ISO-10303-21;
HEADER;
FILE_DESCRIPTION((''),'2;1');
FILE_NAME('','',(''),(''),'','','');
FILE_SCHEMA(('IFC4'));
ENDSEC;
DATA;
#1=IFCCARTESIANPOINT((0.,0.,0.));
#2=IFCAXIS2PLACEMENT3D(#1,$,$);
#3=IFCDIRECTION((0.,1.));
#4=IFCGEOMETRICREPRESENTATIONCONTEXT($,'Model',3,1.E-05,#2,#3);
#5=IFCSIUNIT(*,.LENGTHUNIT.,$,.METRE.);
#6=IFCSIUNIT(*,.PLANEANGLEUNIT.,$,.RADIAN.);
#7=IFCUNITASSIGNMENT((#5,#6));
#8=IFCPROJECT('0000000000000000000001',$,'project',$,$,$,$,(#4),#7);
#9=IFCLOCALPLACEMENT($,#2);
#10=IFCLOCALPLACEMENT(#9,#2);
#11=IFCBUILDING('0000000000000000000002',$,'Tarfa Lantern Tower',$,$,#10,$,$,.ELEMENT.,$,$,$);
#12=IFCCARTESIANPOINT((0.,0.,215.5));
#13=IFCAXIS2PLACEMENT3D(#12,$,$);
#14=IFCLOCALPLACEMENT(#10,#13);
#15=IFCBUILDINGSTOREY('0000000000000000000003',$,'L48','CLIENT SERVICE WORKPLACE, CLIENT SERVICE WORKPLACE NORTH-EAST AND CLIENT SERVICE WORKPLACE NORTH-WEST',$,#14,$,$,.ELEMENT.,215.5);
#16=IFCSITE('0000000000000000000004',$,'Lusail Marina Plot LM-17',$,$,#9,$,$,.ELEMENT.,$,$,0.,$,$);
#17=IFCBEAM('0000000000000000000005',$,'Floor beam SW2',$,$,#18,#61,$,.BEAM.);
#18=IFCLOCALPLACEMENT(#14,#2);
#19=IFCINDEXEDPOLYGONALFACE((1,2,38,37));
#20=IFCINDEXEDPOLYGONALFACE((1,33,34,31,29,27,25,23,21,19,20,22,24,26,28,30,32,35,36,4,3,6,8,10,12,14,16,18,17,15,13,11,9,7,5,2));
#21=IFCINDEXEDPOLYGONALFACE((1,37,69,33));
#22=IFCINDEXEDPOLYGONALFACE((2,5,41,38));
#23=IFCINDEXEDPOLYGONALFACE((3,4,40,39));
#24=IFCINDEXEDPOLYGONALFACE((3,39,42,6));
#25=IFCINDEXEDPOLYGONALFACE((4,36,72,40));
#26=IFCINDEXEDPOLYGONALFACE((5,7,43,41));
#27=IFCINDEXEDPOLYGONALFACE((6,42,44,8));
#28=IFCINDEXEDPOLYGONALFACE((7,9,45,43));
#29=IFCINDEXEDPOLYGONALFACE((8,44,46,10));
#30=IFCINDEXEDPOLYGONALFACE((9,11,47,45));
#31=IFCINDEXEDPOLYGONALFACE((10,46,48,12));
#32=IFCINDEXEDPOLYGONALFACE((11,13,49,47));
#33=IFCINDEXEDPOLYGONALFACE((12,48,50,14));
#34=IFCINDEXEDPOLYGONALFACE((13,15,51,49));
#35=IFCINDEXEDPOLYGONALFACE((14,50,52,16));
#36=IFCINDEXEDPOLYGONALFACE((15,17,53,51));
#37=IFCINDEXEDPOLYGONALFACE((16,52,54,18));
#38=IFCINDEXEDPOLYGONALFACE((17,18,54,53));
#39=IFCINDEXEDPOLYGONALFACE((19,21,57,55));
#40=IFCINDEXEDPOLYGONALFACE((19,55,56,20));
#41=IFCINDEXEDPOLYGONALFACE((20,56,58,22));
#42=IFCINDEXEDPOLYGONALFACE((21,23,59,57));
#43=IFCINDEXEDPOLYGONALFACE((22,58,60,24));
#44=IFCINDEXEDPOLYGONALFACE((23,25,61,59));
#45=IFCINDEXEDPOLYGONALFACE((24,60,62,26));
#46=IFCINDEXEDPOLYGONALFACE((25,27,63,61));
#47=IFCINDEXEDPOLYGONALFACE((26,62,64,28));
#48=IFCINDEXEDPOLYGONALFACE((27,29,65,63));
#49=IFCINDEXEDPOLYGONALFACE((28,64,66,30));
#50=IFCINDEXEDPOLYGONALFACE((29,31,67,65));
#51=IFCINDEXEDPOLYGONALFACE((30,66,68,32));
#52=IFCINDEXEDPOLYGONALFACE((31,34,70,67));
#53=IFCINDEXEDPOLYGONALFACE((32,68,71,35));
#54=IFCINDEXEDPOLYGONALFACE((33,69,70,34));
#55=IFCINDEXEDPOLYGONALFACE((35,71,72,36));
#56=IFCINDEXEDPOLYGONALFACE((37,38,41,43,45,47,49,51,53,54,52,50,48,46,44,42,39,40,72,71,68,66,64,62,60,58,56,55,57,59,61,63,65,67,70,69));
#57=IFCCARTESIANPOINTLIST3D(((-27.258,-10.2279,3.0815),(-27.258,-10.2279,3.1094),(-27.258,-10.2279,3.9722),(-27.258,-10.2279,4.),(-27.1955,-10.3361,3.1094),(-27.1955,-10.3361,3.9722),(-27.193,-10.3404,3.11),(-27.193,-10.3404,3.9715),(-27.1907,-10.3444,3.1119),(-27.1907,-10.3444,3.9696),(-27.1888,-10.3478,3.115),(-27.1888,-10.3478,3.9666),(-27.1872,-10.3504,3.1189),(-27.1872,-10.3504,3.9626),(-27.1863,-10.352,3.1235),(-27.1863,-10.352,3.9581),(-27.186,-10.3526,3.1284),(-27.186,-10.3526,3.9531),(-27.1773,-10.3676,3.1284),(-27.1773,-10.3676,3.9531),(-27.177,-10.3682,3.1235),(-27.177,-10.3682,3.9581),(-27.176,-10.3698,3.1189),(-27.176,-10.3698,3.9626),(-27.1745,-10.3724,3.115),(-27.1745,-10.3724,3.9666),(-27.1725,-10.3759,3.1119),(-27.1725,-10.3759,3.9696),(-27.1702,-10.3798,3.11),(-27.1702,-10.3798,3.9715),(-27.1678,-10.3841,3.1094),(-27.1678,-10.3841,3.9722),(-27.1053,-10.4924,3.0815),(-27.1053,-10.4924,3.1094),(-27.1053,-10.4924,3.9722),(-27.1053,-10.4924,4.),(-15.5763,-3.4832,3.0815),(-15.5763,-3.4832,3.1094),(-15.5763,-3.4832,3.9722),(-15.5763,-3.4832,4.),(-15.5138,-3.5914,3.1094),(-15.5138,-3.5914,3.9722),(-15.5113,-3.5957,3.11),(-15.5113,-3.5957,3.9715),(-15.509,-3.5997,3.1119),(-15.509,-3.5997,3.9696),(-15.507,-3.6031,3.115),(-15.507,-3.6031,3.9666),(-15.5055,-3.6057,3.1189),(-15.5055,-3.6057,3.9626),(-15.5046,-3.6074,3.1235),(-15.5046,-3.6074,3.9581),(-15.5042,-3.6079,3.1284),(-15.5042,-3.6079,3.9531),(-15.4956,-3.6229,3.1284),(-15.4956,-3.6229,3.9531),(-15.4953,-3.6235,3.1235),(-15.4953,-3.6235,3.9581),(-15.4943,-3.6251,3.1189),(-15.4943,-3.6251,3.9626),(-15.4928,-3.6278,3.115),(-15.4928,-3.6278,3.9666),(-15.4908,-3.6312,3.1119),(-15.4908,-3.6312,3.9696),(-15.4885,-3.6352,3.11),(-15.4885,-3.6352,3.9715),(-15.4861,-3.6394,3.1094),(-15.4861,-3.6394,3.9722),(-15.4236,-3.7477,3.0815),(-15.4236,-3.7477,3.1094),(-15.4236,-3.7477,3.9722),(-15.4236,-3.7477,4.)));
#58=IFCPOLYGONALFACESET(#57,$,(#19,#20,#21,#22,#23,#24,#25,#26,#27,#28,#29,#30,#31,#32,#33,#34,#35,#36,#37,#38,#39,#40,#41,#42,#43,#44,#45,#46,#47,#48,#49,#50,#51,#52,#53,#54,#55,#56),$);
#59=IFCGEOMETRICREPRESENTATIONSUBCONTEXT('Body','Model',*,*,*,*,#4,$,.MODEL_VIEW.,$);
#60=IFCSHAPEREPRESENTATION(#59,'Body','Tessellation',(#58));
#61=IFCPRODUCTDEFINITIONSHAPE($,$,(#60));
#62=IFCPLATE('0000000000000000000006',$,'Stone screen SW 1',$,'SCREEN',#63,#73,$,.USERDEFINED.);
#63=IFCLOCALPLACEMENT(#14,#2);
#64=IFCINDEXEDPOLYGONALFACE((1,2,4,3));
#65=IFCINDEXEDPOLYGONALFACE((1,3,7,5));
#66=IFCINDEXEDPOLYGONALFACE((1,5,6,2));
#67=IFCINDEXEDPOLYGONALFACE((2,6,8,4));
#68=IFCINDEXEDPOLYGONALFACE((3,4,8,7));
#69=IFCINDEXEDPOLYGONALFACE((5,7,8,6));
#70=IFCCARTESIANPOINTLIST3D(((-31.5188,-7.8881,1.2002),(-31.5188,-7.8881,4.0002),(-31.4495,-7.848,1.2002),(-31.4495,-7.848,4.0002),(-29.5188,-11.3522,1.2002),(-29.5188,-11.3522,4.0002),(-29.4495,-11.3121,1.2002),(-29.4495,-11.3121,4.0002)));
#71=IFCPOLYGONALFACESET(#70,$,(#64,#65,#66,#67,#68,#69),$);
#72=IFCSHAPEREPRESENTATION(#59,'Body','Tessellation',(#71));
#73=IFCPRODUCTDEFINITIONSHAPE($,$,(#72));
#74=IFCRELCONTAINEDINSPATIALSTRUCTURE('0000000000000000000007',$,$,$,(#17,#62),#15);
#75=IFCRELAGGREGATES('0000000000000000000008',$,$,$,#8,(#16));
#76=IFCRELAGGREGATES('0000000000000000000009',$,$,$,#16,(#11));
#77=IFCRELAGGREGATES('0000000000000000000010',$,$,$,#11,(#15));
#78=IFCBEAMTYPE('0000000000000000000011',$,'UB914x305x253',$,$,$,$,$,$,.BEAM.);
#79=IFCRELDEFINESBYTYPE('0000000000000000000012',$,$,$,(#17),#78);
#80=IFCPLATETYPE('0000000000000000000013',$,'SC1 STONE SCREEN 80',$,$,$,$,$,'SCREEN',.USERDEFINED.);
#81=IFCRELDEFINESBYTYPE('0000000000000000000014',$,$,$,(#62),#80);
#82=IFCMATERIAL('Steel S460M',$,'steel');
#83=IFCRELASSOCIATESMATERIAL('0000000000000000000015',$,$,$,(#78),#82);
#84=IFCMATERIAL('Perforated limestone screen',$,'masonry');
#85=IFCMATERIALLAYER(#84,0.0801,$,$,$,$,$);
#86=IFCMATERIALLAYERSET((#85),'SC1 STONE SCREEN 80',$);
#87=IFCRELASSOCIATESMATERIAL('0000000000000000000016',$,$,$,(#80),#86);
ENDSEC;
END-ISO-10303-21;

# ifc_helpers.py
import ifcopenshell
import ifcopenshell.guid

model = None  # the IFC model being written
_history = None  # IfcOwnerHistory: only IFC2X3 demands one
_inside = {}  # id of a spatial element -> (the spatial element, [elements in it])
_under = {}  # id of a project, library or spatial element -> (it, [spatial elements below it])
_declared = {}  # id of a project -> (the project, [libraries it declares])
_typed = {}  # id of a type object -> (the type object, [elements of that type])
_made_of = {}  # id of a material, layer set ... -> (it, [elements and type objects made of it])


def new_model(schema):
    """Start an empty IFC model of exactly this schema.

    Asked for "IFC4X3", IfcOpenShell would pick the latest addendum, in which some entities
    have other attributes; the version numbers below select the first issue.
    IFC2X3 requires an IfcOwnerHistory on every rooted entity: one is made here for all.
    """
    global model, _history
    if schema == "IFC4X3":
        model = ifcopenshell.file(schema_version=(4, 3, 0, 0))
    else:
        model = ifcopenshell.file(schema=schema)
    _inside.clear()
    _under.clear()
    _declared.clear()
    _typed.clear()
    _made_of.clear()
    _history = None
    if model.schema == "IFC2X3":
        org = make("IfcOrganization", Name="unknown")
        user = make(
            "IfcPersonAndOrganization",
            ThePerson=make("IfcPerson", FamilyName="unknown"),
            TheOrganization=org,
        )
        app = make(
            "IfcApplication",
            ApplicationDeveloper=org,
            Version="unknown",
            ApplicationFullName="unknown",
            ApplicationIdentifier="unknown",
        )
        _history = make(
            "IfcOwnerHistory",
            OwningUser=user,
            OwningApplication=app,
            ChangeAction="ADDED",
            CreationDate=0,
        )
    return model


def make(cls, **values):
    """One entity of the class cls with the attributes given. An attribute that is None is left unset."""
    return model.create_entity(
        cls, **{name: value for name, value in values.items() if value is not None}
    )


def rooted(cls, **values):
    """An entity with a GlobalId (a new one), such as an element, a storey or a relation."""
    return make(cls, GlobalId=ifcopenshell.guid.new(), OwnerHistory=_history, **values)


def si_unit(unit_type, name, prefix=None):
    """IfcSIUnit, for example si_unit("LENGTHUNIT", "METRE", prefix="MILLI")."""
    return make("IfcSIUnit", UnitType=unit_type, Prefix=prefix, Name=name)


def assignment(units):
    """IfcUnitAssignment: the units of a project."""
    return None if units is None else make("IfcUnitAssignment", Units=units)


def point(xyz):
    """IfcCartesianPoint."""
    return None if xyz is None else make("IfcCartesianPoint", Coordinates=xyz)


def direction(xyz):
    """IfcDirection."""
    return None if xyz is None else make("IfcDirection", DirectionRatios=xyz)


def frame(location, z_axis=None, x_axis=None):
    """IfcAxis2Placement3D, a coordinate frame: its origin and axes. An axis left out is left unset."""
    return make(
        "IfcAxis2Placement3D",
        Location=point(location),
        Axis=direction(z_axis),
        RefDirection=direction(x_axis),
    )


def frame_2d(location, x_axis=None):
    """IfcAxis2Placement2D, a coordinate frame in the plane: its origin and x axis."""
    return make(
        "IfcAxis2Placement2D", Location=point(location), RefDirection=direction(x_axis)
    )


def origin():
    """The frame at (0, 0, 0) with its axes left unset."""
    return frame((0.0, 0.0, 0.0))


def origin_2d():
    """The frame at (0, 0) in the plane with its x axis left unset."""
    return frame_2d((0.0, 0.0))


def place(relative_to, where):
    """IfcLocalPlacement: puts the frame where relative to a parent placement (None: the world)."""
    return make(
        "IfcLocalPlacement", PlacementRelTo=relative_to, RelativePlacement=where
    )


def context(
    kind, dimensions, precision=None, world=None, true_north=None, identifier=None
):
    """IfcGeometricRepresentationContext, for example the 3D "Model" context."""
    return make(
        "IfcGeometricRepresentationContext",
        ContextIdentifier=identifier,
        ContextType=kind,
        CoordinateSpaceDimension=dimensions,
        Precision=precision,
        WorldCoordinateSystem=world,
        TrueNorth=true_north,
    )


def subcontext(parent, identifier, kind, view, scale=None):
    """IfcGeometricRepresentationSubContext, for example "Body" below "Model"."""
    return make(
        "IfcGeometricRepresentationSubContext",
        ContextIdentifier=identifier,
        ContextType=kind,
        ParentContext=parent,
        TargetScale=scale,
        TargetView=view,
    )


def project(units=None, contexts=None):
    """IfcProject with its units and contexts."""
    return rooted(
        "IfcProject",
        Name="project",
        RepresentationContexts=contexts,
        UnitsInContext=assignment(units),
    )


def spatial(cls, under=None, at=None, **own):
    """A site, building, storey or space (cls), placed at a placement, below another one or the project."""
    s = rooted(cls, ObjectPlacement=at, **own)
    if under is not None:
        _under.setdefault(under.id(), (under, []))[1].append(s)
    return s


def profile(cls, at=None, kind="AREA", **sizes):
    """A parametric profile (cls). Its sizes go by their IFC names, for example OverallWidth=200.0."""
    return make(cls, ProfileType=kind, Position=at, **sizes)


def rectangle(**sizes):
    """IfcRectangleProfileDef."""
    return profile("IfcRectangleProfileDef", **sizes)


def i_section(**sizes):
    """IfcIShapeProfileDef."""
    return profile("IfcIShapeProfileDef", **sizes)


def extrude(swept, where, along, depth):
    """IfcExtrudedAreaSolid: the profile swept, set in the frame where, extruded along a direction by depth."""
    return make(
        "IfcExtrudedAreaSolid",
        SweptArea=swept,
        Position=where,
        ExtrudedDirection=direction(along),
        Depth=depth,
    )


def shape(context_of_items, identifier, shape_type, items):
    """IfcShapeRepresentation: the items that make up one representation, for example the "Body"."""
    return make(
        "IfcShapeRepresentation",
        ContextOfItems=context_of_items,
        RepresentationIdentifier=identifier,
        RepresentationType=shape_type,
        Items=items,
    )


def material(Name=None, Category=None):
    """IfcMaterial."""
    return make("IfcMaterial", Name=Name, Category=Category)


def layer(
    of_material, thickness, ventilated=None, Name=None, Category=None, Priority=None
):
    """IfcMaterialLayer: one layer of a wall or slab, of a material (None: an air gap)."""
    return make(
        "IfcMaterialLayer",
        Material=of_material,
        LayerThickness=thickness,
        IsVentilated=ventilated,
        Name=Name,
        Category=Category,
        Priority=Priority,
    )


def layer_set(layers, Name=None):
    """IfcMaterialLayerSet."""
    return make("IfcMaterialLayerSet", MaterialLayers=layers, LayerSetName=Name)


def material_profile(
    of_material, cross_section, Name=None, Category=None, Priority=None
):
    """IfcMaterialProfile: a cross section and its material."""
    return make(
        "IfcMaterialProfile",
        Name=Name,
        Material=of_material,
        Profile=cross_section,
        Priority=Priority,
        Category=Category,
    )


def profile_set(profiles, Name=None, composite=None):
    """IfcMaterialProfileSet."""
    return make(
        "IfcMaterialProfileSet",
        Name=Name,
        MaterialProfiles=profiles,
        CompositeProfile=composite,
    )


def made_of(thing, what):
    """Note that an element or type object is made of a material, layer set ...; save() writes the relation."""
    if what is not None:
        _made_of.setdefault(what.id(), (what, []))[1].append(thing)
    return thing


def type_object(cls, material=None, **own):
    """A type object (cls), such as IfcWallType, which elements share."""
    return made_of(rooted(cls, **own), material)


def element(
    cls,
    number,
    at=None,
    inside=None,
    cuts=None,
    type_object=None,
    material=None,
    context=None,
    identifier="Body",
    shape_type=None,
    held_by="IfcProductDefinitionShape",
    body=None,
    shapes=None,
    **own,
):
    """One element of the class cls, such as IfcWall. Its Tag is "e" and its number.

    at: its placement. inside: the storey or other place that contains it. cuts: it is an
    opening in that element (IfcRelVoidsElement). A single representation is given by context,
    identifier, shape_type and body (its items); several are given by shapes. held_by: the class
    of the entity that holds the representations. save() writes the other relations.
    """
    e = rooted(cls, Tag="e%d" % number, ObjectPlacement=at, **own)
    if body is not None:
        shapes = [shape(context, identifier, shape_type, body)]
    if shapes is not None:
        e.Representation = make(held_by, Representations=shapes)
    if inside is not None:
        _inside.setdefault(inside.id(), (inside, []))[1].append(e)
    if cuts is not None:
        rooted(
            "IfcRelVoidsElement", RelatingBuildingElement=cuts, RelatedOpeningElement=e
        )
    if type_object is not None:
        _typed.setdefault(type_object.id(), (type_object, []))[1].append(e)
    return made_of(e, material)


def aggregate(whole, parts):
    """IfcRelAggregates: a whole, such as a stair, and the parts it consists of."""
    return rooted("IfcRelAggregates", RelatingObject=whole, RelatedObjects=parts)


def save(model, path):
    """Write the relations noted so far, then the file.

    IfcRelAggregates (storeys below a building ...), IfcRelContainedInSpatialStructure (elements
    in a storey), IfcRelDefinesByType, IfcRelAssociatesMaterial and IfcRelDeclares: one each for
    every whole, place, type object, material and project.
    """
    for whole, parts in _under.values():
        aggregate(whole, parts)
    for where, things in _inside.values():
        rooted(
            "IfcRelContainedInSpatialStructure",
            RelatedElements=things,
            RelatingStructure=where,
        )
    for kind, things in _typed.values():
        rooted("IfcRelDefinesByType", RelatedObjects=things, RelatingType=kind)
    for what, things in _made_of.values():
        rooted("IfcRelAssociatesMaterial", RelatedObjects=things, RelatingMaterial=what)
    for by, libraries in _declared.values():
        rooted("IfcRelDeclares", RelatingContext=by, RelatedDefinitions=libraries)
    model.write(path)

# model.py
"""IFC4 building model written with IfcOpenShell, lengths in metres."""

from ifc_helpers import new_model, si_unit, direction, frame, origin, origin_2d, place, context, subcontext, project, spatial, rectangle, i_section, extrude, material, layer, layer_set, material_profile, profile_set, type_object, element, save


model = new_model("IFC4")

# Units and contexts
model_context = context("Model", 3, precision=1e-05, world=origin(), true_north=direction((0.0, 1.0)))
body_context = subcontext(model_context, "Body", "Model", "MODEL_VIEW")
ifc_project = project(units=[si_unit("LENGTHUNIT", "METRE"), si_unit("PLANEANGLEUNIT", "RADIAN")], contexts=[model_context])

# Site, building, storey
site_placement = place(None, origin())
site = spatial("IfcSite", under=ifc_project, at=site_placement, Name="Lusail Marina Plot LM-17", CompositionType="ELEMENT", RefElevation=0.0)
building_placement = place(site_placement, origin())
building = spatial("IfcBuilding", under=site, at=building_placement, Name="Tarfa Lantern Tower", CompositionType="ELEMENT")
storey_placement = place(building_placement, frame((0.0, 0.0, 215.5)))
storey = spatial("IfcBuildingStorey", under=building, at=storey_placement, Name="L48", Description="CLIENT SERVICE WORKPLACE, CLIENT SERVICE WORKPLACE NORTH-EAST AND CLIENT SERVICE WORKPLACE NORTH-WEST", CompositionType="ELEMENT", Elevation=215.5)

# Shared definitions
ifc_material_1 = material(Name="Steel S460M", Category="steel")

# Beam
ifc_material_profile_1 = material_profile(ifc_material_1, i_section(OverallWidth=0.3054, OverallDepth=0.9185, WebThickness=0.0173, FlangeThickness=0.0278, FilletRadius=0.019, at=origin_2d()), Name="UB914x305x253")
ifc_profile_set_1 = profile_set([ifc_material_profile_1], Name="Steel S460M")
beam_type_1 = type_object("IfcBeamType", Name="UB914x305x253", PredefinedType="BEAM", material=ifc_profile_set_1)
beam_1_placement = place(storey_placement, frame((-27.1816, -10.3601, 3.5408), z_axis=(0.866018, 0.500013, 0.0), x_axis=(-0.500013, 0.866018, 0.0)))
element("IfcBeam", 1, at=beam_1_placement, inside=storey, type_object=beam_type_1, Name="Floor beam SW2", PredefinedType="BEAM", context=body_context, shape_type="SweptSolid", body=[
    extrude(i_section(OverallWidth=0.3054, OverallDepth=0.9185, WebThickness=0.0173, FlangeThickness=0.0278, FilletRadius=0.019, at=origin_2d()), origin(), (0.0, 0.0, 1.0), 13.489),
])

# Plate
ifc_material_2 = material(Name="Perforated limestone screen", Category="masonry")
ifc_layer_1 = layer(ifc_material_2, 0.0801)
ifc_layer_set_1 = layer_set([ifc_layer_1], Name="SC1 STONE SCREEN 80")
plate_type = type_object("IfcPlateType", Name="SC1 STONE SCREEN 80", ElementType="SCREEN", PredefinedType="USERDEFINED", material=ifc_layer_set_1)
plate_placement = place(storey_placement, frame((-30.4841, -9.6001, 1.2002), z_axis=(0.0, 0.0, 1.0), x_axis=(0.5, -0.866025, 0.0)))
element("IfcPlate", 2, at=plate_placement, inside=storey, type_object=plate_type, Name="Stone screen SW 1", ObjectType="SCREEN", PredefinedType="USERDEFINED", context=body_context, shape_type="SweptSolid", body=[
    extrude(rectangle(XDim=4.0, YDim=0.0801, at=origin_2d()), origin(), (0.0, 0.0, 1.0), 2.8),
])

save(model, "model.ifc")
